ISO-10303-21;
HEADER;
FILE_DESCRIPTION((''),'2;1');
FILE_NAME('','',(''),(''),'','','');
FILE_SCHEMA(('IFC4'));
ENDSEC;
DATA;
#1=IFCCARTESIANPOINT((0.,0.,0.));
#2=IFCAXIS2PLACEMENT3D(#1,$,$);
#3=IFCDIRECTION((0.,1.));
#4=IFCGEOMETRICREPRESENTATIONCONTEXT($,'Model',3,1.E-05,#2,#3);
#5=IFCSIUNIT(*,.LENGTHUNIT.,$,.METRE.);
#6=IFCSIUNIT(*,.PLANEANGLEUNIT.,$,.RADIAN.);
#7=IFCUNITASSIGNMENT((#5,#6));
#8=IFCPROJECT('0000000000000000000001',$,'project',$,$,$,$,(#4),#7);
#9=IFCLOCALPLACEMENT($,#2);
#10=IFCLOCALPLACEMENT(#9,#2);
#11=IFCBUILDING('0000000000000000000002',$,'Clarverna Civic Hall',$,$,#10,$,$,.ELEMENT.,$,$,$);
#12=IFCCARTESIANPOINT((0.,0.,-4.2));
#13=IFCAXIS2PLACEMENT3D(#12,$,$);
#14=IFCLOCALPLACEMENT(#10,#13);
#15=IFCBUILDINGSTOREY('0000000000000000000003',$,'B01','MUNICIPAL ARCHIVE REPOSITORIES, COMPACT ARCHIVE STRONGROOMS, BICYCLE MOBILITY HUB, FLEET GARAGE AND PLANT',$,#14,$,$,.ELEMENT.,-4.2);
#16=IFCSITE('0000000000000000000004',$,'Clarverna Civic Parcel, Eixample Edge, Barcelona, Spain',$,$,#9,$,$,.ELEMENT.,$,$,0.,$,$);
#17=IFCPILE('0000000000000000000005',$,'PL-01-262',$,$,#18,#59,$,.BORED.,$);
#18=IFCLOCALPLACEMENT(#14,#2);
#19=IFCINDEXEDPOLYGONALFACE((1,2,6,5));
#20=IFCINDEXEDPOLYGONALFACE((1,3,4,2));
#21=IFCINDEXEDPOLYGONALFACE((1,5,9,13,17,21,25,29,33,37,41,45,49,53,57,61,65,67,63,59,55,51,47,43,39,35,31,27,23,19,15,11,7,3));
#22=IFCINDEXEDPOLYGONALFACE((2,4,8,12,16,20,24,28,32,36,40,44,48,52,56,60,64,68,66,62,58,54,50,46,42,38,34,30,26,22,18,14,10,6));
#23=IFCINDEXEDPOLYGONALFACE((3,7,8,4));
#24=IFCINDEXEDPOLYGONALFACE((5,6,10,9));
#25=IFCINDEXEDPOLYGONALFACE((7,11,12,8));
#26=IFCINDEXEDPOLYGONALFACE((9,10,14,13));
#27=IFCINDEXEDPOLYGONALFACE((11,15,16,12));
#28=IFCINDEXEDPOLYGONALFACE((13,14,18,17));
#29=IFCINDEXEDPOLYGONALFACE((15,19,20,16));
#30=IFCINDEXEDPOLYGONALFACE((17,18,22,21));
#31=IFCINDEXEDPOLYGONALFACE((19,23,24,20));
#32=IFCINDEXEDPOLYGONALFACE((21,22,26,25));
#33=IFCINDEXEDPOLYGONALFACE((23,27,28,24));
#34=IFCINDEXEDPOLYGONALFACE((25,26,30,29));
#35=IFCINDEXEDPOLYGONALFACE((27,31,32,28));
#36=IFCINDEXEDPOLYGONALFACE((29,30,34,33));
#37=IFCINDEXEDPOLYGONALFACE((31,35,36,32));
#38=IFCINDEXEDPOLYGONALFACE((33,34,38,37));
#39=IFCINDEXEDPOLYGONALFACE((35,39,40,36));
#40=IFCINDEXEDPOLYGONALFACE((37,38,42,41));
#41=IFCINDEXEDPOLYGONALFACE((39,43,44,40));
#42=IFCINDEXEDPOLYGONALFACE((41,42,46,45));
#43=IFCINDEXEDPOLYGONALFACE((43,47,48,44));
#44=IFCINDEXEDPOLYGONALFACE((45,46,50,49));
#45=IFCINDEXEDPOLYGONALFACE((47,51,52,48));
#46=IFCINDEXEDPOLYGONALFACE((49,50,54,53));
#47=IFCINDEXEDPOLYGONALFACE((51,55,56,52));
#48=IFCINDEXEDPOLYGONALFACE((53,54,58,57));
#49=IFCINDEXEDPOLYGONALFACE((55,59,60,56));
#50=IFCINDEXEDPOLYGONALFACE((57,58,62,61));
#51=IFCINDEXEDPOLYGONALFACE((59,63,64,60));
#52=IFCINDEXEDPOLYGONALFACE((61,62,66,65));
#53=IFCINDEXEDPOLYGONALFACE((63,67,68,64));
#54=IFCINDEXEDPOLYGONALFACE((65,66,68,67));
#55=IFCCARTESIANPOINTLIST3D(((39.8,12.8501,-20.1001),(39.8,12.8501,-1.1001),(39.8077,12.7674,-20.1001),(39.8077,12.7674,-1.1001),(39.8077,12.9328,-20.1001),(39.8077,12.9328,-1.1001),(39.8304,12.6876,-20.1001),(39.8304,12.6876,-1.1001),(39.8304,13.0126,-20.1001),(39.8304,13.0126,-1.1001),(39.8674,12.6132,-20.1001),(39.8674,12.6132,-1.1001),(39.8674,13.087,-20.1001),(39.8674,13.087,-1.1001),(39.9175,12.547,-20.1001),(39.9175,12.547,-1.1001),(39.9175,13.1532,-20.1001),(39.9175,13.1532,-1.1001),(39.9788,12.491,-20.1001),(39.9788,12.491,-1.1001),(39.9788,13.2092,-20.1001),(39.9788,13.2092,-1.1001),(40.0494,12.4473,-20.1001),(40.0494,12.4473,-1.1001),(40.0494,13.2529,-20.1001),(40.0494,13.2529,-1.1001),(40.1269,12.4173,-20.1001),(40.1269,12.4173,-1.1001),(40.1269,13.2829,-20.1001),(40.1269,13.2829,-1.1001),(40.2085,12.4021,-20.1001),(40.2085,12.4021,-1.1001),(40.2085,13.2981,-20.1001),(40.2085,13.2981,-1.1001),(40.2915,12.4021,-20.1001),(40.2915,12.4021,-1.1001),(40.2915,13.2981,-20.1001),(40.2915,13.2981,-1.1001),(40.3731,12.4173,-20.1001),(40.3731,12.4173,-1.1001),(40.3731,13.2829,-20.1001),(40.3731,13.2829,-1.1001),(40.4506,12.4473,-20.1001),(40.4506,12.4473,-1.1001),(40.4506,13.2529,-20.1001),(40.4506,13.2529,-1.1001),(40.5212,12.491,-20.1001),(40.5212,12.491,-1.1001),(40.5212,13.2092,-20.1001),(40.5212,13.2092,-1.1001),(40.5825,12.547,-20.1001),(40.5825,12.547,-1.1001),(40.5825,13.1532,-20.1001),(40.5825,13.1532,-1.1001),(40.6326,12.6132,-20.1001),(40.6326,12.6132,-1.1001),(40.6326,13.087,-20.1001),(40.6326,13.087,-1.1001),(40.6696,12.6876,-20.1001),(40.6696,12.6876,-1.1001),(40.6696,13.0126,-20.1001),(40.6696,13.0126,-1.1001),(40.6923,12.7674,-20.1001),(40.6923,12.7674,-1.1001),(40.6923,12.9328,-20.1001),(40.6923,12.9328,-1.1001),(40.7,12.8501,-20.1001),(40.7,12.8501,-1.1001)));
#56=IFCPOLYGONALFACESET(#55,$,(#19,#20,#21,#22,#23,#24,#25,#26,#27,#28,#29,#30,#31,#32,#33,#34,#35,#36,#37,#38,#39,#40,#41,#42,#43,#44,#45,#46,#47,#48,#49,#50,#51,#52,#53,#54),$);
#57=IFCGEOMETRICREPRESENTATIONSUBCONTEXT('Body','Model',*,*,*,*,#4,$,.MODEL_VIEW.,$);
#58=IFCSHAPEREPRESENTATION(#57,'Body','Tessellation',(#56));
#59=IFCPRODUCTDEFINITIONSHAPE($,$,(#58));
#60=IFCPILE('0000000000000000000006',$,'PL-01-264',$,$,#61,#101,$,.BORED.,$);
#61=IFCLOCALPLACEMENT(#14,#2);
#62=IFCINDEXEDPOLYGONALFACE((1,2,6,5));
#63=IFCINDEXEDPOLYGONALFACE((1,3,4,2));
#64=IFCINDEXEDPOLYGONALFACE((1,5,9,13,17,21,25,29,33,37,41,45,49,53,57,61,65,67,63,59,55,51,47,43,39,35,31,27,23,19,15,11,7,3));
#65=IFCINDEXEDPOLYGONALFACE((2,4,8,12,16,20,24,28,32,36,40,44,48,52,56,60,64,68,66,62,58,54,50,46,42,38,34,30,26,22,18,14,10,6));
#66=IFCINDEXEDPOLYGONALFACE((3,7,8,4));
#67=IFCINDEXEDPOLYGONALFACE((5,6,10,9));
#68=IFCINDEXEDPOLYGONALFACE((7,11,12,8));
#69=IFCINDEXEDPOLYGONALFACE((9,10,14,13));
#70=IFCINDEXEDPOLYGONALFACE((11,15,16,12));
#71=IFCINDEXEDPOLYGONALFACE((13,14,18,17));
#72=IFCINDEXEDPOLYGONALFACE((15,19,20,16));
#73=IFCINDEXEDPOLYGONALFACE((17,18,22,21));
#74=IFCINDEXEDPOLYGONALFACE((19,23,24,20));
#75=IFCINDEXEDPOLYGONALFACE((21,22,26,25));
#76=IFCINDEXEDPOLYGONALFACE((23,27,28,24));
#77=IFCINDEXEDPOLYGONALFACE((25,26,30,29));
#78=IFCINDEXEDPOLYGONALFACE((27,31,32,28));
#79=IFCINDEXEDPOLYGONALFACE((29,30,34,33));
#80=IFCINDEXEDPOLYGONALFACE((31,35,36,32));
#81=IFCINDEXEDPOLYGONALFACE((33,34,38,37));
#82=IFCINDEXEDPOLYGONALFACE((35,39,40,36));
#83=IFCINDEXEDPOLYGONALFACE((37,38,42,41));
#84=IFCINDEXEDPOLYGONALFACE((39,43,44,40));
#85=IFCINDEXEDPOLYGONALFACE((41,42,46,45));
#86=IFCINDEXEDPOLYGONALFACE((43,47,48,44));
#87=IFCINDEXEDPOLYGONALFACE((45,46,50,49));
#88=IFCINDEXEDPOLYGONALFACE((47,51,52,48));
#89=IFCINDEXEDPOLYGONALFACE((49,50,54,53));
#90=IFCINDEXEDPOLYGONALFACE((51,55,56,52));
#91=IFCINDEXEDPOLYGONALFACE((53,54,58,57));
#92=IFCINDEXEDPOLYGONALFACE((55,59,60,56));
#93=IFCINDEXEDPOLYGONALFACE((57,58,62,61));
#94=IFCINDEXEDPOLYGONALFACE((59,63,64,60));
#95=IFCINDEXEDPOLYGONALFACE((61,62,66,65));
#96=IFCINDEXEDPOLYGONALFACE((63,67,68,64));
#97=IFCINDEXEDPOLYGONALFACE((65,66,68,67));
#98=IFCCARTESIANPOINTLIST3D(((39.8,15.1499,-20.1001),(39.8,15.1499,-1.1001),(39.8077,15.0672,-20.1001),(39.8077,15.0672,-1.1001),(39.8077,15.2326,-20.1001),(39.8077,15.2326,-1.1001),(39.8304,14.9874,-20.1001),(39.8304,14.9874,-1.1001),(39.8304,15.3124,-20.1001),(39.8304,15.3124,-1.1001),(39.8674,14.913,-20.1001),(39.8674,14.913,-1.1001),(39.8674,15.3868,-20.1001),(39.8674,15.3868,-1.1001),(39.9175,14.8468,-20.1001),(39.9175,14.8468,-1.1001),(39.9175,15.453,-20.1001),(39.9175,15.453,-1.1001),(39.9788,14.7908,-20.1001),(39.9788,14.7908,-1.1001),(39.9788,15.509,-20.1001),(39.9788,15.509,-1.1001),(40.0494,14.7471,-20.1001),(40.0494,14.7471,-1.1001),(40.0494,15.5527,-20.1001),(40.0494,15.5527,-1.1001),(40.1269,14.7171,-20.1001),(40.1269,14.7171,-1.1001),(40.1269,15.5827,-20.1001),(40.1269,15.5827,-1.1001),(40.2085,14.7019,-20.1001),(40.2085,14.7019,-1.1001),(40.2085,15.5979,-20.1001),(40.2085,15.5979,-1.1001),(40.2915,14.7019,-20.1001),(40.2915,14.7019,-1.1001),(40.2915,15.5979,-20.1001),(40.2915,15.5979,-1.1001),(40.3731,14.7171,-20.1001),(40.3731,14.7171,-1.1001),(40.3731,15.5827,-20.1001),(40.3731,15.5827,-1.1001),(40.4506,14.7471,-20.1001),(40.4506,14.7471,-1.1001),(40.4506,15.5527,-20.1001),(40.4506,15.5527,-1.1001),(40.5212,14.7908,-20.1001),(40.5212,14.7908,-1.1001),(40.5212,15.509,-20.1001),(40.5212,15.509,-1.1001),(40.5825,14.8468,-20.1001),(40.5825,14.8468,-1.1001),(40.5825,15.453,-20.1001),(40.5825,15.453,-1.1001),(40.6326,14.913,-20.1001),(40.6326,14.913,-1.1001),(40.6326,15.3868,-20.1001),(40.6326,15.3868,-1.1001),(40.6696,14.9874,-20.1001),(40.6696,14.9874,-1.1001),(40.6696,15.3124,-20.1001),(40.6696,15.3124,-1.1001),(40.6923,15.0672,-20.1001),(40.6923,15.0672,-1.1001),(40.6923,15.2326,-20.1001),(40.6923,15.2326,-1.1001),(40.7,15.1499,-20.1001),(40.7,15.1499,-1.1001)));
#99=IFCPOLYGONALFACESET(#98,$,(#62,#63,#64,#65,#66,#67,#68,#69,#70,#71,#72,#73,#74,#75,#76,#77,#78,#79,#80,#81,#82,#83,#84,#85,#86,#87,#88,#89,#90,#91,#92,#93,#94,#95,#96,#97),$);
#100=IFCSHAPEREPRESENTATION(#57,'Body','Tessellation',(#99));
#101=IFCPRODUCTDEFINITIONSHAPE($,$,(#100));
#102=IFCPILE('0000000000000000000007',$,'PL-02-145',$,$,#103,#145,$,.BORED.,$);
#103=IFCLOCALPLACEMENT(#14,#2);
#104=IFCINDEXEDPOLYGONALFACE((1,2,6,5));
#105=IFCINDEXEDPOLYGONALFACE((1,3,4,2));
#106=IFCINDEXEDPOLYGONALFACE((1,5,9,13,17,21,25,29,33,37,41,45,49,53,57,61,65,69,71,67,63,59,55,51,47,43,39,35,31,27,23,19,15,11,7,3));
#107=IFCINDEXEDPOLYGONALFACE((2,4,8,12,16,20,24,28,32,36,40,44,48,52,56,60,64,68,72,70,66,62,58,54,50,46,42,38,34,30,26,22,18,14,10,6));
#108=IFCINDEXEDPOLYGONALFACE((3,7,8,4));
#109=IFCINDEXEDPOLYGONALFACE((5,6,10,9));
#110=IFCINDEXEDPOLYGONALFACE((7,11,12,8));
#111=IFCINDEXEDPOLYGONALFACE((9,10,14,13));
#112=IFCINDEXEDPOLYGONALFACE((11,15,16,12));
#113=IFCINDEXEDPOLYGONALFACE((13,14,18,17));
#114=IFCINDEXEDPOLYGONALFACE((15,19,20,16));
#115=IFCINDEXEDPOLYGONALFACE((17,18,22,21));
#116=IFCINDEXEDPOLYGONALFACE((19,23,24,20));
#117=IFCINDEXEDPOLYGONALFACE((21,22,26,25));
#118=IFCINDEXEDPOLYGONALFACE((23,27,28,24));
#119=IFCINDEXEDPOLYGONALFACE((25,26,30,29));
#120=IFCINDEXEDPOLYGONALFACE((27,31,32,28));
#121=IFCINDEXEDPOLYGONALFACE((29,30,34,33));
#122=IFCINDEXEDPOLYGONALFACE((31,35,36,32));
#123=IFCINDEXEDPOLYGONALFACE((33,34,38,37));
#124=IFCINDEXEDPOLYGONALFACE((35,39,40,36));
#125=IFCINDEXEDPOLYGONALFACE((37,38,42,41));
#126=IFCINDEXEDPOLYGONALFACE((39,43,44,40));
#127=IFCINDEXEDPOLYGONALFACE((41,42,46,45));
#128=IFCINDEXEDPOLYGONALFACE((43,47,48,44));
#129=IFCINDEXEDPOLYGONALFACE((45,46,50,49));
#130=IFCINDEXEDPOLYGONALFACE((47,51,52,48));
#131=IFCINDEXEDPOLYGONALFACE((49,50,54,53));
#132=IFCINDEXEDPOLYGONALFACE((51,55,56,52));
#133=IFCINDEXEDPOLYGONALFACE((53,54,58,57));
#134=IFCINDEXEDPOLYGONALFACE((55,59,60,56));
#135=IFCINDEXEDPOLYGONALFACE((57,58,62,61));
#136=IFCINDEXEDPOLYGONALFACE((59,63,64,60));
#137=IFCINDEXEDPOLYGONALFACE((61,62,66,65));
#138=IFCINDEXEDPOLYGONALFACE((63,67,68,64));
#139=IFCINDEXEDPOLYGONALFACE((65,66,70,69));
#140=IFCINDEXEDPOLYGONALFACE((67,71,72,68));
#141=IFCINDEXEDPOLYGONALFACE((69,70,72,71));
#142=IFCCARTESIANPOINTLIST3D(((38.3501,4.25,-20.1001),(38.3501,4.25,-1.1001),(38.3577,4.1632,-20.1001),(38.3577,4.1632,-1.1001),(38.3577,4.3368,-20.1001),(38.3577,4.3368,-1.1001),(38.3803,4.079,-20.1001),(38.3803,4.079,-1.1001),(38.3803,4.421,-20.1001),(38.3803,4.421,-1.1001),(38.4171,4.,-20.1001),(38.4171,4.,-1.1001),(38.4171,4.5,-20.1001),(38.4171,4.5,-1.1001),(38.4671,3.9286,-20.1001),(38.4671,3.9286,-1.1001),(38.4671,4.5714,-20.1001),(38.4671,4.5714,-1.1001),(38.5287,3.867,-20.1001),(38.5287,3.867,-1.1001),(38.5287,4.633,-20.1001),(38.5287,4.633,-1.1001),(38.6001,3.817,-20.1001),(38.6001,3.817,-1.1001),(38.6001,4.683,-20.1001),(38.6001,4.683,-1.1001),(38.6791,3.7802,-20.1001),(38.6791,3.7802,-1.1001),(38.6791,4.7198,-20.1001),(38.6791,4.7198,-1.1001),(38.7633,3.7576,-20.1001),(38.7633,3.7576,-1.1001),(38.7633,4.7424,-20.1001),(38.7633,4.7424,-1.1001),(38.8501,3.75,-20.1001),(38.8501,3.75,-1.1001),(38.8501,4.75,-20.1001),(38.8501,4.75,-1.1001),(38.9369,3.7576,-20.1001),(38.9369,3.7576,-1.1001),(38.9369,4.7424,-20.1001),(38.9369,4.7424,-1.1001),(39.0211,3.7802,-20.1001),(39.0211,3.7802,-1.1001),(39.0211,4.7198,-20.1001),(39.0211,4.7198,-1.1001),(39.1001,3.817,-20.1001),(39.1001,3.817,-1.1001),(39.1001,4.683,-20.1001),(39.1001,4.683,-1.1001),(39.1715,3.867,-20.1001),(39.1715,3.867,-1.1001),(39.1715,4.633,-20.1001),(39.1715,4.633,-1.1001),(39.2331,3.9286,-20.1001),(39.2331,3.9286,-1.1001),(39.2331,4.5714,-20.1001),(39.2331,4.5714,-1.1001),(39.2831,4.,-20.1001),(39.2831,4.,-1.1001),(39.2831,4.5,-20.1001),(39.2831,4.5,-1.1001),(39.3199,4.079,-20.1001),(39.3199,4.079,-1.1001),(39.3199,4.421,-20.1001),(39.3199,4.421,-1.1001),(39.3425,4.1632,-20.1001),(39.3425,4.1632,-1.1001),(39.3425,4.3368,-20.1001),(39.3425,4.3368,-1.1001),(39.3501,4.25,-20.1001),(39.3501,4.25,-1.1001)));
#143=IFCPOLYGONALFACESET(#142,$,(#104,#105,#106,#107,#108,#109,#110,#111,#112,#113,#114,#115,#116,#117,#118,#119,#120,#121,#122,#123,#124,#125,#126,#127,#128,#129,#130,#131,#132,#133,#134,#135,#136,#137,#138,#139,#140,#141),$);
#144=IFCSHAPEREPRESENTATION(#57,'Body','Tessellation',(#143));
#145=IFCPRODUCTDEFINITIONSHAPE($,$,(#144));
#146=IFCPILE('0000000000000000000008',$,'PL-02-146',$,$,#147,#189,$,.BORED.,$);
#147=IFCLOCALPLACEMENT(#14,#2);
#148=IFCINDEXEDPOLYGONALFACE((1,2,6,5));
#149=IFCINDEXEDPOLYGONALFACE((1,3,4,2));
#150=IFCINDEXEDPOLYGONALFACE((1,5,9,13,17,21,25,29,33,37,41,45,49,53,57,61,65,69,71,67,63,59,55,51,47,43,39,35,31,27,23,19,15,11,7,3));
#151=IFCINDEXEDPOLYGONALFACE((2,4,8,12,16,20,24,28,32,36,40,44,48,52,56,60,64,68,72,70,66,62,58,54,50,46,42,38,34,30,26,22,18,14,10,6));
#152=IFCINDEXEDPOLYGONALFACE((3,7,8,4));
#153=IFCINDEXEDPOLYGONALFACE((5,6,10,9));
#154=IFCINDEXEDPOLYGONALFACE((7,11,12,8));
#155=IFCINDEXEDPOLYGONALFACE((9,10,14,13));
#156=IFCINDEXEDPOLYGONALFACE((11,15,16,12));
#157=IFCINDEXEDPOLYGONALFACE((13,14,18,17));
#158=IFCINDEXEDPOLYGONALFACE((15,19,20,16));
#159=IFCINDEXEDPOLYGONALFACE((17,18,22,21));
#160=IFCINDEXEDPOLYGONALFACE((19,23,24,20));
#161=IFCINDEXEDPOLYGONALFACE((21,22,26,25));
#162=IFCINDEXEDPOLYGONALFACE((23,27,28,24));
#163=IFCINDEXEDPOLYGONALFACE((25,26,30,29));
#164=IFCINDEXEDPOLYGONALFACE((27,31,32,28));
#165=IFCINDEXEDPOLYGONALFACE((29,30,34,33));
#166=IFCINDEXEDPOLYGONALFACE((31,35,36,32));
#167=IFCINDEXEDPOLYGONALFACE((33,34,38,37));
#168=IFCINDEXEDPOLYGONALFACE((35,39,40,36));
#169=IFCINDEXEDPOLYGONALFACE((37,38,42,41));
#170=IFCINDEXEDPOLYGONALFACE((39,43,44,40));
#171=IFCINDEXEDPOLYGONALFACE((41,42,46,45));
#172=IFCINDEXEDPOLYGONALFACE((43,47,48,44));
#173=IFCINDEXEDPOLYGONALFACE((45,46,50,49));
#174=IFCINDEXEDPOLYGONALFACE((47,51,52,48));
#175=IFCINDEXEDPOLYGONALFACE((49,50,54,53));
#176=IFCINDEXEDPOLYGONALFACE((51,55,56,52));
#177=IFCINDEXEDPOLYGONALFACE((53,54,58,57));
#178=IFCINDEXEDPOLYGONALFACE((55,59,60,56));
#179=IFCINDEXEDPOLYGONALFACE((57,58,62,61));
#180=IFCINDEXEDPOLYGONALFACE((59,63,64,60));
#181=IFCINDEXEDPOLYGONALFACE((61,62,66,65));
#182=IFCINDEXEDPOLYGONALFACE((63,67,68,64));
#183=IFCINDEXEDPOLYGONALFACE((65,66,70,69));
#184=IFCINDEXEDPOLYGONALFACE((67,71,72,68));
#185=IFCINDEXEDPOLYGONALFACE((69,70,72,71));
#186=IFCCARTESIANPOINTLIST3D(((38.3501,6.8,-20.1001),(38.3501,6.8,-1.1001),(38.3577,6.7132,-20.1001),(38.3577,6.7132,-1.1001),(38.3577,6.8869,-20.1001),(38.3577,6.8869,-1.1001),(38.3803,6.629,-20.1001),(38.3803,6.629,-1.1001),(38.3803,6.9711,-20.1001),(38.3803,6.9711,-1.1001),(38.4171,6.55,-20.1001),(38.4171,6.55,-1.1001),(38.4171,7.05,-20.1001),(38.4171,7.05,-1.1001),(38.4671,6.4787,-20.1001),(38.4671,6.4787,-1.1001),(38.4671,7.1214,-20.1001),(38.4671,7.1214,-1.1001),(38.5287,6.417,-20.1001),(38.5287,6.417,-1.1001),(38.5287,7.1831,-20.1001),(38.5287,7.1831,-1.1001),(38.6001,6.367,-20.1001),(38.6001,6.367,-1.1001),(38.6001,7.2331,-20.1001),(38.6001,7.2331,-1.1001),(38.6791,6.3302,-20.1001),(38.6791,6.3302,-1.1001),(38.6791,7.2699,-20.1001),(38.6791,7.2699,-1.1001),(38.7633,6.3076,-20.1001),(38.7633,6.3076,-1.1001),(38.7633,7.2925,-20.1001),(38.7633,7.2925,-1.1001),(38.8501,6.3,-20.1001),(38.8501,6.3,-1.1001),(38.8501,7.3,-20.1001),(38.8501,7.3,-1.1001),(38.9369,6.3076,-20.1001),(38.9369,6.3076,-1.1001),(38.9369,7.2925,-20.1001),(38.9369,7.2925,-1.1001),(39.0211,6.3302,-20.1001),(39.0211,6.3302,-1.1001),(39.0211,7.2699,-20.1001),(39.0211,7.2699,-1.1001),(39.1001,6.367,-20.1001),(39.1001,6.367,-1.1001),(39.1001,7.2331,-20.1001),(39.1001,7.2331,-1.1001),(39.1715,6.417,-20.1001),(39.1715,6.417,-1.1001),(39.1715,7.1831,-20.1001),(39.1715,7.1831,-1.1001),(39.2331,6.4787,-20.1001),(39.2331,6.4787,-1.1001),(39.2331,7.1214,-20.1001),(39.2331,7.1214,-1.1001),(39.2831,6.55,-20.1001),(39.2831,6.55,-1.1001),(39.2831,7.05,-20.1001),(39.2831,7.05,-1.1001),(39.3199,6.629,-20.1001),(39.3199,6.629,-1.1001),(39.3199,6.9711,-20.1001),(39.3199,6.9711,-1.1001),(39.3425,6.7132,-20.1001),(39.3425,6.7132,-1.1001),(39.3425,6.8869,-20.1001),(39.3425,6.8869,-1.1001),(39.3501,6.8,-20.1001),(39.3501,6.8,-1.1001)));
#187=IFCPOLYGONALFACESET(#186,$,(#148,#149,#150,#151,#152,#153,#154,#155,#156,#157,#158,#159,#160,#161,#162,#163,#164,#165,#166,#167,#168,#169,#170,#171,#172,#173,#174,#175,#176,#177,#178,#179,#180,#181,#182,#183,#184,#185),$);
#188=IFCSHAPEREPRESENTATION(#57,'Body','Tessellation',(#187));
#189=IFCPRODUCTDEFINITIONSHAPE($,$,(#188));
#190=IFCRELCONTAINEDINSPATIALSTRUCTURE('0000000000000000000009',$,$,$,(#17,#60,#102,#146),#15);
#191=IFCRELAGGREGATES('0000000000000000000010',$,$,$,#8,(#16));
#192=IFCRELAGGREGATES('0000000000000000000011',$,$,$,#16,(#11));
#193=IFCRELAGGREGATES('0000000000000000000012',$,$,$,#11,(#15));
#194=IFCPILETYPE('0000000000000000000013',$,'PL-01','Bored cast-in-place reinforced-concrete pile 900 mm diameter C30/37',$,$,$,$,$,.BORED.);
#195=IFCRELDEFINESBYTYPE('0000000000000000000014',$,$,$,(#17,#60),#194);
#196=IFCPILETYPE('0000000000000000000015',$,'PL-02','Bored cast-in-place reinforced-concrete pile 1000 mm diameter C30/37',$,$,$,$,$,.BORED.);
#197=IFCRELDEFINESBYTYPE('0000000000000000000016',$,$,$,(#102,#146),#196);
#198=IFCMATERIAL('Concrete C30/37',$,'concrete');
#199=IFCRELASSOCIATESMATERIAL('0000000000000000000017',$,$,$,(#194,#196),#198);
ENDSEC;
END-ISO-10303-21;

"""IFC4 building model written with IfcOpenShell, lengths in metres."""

from ifc_helpers import new_model, si_unit, direction, frame, origin, origin_2d, place, context, subcontext, project, spatial, circle, extrude, material, material_profile, profile_set, type_object, element, save


model = new_model("IFC4")

# Units and contexts
model_context = context("Model", 3, precision=1e-05, world=origin(), true_north=direction((0.0, 1.0)))
body_context = subcontext(model_context, "Body", "Model", "MODEL_VIEW")
ifc_project = project(units=[si_unit("LENGTHUNIT", "METRE"), si_unit("PLANEANGLEUNIT", "RADIAN")], contexts=[model_context])

# Site, building, storey
site_placement = place(None, origin())
site = spatial("IfcSite", under=ifc_project, at=site_placement, Name="Clarverna Civic Parcel, Eixample Edge, Barcelona, Spain", CompositionType="ELEMENT", RefElevation=0.0)
building_placement = place(site_placement, origin())
building = spatial("IfcBuilding", under=site, at=building_placement, Name="Clarverna Civic Hall", CompositionType="ELEMENT")
storey_placement = place(building_placement, frame((0.0, 0.0, -4.2)))
storey = spatial("IfcBuildingStorey", under=building, at=storey_placement, Name="B01", Description="MUNICIPAL ARCHIVE REPOSITORIES, COMPACT ARCHIVE STRONGROOMS, BICYCLE MOBILITY HUB, FLEET GARAGE AND PLANT", CompositionType="ELEMENT", Elevation=-4.2)

# Shared definitions
ifc_material_1 = material(Name="Concrete C30/37", Category="concrete")

# Piles
ifc_material_profile_1 = material_profile(ifc_material_1, circle(Radius=0.45, at=origin_2d()), Name="BORED PILE D900")
ifc_profile_set_1 = profile_set([ifc_material_profile_1], Name="Concrete C30/37")
pile_type_1 = type_object("IfcPileType", Name="PL-01", Description="Bored cast-in-place reinforced-concrete pile 900 mm diameter C30/37", PredefinedType="BORED", material=ifc_profile_set_1)
for number, where, z_axis, x_axis, name in (
    (1, (40.25, 12.8501, -1.1001), (0.0, 0.0, -1.0), (1.0, 0.0, 0.0), "PL-01-262"),
    (2, (40.25, 15.1499, -1.1001), (0.0, 0.0, -1.0), (1.0, 0.0, 0.0), "PL-01-264"),
):
    element("IfcPile", number, at=place(storey_placement, frame(where, z_axis=z_axis, x_axis=x_axis)), inside=storey, type_object=pile_type_1, Name=name, PredefinedType="BORED", context=body_context, shape_type="SweptSolid", body=[
        extrude(circle(Radius=0.45, at=origin_2d()), origin(), (0.0, 0.0, 1.0), 19.0),
    ])
ifc_material_profile_2 = material_profile(ifc_material_1, circle(Radius=0.5, at=origin_2d()), Name="BORED PILE D1000")
ifc_profile_set_2 = profile_set([ifc_material_profile_2], Name="Concrete C30/37")
pile_type_2 = type_object("IfcPileType", Name="PL-02", Description="Bored cast-in-place reinforced-concrete pile 1000 mm diameter C30/37", PredefinedType="BORED", material=ifc_profile_set_2)
for number, where, z_axis, x_axis, name in (
    (3, (38.8501, 4.25, -1.1001), (0.0, 0.0, -1.0), (1.0, 0.0, 0.0), "PL-02-145"),
    (4, (38.8501, 6.8, -1.1001), (0.0, 0.0, -1.0), (1.0, 0.0, 0.0), "PL-02-146"),
):
    element("IfcPile", number, at=place(storey_placement, frame(where, z_axis=z_axis, x_axis=x_axis)), inside=storey, type_object=pile_type_2, Name=name, PredefinedType="BORED", context=body_context, shape_type="SweptSolid", body=[
        extrude(circle(Radius=0.5, at=origin_2d()), origin(), (0.0, 0.0, 1.0), 19.0),
    ])

save(model, "model.ifc")
